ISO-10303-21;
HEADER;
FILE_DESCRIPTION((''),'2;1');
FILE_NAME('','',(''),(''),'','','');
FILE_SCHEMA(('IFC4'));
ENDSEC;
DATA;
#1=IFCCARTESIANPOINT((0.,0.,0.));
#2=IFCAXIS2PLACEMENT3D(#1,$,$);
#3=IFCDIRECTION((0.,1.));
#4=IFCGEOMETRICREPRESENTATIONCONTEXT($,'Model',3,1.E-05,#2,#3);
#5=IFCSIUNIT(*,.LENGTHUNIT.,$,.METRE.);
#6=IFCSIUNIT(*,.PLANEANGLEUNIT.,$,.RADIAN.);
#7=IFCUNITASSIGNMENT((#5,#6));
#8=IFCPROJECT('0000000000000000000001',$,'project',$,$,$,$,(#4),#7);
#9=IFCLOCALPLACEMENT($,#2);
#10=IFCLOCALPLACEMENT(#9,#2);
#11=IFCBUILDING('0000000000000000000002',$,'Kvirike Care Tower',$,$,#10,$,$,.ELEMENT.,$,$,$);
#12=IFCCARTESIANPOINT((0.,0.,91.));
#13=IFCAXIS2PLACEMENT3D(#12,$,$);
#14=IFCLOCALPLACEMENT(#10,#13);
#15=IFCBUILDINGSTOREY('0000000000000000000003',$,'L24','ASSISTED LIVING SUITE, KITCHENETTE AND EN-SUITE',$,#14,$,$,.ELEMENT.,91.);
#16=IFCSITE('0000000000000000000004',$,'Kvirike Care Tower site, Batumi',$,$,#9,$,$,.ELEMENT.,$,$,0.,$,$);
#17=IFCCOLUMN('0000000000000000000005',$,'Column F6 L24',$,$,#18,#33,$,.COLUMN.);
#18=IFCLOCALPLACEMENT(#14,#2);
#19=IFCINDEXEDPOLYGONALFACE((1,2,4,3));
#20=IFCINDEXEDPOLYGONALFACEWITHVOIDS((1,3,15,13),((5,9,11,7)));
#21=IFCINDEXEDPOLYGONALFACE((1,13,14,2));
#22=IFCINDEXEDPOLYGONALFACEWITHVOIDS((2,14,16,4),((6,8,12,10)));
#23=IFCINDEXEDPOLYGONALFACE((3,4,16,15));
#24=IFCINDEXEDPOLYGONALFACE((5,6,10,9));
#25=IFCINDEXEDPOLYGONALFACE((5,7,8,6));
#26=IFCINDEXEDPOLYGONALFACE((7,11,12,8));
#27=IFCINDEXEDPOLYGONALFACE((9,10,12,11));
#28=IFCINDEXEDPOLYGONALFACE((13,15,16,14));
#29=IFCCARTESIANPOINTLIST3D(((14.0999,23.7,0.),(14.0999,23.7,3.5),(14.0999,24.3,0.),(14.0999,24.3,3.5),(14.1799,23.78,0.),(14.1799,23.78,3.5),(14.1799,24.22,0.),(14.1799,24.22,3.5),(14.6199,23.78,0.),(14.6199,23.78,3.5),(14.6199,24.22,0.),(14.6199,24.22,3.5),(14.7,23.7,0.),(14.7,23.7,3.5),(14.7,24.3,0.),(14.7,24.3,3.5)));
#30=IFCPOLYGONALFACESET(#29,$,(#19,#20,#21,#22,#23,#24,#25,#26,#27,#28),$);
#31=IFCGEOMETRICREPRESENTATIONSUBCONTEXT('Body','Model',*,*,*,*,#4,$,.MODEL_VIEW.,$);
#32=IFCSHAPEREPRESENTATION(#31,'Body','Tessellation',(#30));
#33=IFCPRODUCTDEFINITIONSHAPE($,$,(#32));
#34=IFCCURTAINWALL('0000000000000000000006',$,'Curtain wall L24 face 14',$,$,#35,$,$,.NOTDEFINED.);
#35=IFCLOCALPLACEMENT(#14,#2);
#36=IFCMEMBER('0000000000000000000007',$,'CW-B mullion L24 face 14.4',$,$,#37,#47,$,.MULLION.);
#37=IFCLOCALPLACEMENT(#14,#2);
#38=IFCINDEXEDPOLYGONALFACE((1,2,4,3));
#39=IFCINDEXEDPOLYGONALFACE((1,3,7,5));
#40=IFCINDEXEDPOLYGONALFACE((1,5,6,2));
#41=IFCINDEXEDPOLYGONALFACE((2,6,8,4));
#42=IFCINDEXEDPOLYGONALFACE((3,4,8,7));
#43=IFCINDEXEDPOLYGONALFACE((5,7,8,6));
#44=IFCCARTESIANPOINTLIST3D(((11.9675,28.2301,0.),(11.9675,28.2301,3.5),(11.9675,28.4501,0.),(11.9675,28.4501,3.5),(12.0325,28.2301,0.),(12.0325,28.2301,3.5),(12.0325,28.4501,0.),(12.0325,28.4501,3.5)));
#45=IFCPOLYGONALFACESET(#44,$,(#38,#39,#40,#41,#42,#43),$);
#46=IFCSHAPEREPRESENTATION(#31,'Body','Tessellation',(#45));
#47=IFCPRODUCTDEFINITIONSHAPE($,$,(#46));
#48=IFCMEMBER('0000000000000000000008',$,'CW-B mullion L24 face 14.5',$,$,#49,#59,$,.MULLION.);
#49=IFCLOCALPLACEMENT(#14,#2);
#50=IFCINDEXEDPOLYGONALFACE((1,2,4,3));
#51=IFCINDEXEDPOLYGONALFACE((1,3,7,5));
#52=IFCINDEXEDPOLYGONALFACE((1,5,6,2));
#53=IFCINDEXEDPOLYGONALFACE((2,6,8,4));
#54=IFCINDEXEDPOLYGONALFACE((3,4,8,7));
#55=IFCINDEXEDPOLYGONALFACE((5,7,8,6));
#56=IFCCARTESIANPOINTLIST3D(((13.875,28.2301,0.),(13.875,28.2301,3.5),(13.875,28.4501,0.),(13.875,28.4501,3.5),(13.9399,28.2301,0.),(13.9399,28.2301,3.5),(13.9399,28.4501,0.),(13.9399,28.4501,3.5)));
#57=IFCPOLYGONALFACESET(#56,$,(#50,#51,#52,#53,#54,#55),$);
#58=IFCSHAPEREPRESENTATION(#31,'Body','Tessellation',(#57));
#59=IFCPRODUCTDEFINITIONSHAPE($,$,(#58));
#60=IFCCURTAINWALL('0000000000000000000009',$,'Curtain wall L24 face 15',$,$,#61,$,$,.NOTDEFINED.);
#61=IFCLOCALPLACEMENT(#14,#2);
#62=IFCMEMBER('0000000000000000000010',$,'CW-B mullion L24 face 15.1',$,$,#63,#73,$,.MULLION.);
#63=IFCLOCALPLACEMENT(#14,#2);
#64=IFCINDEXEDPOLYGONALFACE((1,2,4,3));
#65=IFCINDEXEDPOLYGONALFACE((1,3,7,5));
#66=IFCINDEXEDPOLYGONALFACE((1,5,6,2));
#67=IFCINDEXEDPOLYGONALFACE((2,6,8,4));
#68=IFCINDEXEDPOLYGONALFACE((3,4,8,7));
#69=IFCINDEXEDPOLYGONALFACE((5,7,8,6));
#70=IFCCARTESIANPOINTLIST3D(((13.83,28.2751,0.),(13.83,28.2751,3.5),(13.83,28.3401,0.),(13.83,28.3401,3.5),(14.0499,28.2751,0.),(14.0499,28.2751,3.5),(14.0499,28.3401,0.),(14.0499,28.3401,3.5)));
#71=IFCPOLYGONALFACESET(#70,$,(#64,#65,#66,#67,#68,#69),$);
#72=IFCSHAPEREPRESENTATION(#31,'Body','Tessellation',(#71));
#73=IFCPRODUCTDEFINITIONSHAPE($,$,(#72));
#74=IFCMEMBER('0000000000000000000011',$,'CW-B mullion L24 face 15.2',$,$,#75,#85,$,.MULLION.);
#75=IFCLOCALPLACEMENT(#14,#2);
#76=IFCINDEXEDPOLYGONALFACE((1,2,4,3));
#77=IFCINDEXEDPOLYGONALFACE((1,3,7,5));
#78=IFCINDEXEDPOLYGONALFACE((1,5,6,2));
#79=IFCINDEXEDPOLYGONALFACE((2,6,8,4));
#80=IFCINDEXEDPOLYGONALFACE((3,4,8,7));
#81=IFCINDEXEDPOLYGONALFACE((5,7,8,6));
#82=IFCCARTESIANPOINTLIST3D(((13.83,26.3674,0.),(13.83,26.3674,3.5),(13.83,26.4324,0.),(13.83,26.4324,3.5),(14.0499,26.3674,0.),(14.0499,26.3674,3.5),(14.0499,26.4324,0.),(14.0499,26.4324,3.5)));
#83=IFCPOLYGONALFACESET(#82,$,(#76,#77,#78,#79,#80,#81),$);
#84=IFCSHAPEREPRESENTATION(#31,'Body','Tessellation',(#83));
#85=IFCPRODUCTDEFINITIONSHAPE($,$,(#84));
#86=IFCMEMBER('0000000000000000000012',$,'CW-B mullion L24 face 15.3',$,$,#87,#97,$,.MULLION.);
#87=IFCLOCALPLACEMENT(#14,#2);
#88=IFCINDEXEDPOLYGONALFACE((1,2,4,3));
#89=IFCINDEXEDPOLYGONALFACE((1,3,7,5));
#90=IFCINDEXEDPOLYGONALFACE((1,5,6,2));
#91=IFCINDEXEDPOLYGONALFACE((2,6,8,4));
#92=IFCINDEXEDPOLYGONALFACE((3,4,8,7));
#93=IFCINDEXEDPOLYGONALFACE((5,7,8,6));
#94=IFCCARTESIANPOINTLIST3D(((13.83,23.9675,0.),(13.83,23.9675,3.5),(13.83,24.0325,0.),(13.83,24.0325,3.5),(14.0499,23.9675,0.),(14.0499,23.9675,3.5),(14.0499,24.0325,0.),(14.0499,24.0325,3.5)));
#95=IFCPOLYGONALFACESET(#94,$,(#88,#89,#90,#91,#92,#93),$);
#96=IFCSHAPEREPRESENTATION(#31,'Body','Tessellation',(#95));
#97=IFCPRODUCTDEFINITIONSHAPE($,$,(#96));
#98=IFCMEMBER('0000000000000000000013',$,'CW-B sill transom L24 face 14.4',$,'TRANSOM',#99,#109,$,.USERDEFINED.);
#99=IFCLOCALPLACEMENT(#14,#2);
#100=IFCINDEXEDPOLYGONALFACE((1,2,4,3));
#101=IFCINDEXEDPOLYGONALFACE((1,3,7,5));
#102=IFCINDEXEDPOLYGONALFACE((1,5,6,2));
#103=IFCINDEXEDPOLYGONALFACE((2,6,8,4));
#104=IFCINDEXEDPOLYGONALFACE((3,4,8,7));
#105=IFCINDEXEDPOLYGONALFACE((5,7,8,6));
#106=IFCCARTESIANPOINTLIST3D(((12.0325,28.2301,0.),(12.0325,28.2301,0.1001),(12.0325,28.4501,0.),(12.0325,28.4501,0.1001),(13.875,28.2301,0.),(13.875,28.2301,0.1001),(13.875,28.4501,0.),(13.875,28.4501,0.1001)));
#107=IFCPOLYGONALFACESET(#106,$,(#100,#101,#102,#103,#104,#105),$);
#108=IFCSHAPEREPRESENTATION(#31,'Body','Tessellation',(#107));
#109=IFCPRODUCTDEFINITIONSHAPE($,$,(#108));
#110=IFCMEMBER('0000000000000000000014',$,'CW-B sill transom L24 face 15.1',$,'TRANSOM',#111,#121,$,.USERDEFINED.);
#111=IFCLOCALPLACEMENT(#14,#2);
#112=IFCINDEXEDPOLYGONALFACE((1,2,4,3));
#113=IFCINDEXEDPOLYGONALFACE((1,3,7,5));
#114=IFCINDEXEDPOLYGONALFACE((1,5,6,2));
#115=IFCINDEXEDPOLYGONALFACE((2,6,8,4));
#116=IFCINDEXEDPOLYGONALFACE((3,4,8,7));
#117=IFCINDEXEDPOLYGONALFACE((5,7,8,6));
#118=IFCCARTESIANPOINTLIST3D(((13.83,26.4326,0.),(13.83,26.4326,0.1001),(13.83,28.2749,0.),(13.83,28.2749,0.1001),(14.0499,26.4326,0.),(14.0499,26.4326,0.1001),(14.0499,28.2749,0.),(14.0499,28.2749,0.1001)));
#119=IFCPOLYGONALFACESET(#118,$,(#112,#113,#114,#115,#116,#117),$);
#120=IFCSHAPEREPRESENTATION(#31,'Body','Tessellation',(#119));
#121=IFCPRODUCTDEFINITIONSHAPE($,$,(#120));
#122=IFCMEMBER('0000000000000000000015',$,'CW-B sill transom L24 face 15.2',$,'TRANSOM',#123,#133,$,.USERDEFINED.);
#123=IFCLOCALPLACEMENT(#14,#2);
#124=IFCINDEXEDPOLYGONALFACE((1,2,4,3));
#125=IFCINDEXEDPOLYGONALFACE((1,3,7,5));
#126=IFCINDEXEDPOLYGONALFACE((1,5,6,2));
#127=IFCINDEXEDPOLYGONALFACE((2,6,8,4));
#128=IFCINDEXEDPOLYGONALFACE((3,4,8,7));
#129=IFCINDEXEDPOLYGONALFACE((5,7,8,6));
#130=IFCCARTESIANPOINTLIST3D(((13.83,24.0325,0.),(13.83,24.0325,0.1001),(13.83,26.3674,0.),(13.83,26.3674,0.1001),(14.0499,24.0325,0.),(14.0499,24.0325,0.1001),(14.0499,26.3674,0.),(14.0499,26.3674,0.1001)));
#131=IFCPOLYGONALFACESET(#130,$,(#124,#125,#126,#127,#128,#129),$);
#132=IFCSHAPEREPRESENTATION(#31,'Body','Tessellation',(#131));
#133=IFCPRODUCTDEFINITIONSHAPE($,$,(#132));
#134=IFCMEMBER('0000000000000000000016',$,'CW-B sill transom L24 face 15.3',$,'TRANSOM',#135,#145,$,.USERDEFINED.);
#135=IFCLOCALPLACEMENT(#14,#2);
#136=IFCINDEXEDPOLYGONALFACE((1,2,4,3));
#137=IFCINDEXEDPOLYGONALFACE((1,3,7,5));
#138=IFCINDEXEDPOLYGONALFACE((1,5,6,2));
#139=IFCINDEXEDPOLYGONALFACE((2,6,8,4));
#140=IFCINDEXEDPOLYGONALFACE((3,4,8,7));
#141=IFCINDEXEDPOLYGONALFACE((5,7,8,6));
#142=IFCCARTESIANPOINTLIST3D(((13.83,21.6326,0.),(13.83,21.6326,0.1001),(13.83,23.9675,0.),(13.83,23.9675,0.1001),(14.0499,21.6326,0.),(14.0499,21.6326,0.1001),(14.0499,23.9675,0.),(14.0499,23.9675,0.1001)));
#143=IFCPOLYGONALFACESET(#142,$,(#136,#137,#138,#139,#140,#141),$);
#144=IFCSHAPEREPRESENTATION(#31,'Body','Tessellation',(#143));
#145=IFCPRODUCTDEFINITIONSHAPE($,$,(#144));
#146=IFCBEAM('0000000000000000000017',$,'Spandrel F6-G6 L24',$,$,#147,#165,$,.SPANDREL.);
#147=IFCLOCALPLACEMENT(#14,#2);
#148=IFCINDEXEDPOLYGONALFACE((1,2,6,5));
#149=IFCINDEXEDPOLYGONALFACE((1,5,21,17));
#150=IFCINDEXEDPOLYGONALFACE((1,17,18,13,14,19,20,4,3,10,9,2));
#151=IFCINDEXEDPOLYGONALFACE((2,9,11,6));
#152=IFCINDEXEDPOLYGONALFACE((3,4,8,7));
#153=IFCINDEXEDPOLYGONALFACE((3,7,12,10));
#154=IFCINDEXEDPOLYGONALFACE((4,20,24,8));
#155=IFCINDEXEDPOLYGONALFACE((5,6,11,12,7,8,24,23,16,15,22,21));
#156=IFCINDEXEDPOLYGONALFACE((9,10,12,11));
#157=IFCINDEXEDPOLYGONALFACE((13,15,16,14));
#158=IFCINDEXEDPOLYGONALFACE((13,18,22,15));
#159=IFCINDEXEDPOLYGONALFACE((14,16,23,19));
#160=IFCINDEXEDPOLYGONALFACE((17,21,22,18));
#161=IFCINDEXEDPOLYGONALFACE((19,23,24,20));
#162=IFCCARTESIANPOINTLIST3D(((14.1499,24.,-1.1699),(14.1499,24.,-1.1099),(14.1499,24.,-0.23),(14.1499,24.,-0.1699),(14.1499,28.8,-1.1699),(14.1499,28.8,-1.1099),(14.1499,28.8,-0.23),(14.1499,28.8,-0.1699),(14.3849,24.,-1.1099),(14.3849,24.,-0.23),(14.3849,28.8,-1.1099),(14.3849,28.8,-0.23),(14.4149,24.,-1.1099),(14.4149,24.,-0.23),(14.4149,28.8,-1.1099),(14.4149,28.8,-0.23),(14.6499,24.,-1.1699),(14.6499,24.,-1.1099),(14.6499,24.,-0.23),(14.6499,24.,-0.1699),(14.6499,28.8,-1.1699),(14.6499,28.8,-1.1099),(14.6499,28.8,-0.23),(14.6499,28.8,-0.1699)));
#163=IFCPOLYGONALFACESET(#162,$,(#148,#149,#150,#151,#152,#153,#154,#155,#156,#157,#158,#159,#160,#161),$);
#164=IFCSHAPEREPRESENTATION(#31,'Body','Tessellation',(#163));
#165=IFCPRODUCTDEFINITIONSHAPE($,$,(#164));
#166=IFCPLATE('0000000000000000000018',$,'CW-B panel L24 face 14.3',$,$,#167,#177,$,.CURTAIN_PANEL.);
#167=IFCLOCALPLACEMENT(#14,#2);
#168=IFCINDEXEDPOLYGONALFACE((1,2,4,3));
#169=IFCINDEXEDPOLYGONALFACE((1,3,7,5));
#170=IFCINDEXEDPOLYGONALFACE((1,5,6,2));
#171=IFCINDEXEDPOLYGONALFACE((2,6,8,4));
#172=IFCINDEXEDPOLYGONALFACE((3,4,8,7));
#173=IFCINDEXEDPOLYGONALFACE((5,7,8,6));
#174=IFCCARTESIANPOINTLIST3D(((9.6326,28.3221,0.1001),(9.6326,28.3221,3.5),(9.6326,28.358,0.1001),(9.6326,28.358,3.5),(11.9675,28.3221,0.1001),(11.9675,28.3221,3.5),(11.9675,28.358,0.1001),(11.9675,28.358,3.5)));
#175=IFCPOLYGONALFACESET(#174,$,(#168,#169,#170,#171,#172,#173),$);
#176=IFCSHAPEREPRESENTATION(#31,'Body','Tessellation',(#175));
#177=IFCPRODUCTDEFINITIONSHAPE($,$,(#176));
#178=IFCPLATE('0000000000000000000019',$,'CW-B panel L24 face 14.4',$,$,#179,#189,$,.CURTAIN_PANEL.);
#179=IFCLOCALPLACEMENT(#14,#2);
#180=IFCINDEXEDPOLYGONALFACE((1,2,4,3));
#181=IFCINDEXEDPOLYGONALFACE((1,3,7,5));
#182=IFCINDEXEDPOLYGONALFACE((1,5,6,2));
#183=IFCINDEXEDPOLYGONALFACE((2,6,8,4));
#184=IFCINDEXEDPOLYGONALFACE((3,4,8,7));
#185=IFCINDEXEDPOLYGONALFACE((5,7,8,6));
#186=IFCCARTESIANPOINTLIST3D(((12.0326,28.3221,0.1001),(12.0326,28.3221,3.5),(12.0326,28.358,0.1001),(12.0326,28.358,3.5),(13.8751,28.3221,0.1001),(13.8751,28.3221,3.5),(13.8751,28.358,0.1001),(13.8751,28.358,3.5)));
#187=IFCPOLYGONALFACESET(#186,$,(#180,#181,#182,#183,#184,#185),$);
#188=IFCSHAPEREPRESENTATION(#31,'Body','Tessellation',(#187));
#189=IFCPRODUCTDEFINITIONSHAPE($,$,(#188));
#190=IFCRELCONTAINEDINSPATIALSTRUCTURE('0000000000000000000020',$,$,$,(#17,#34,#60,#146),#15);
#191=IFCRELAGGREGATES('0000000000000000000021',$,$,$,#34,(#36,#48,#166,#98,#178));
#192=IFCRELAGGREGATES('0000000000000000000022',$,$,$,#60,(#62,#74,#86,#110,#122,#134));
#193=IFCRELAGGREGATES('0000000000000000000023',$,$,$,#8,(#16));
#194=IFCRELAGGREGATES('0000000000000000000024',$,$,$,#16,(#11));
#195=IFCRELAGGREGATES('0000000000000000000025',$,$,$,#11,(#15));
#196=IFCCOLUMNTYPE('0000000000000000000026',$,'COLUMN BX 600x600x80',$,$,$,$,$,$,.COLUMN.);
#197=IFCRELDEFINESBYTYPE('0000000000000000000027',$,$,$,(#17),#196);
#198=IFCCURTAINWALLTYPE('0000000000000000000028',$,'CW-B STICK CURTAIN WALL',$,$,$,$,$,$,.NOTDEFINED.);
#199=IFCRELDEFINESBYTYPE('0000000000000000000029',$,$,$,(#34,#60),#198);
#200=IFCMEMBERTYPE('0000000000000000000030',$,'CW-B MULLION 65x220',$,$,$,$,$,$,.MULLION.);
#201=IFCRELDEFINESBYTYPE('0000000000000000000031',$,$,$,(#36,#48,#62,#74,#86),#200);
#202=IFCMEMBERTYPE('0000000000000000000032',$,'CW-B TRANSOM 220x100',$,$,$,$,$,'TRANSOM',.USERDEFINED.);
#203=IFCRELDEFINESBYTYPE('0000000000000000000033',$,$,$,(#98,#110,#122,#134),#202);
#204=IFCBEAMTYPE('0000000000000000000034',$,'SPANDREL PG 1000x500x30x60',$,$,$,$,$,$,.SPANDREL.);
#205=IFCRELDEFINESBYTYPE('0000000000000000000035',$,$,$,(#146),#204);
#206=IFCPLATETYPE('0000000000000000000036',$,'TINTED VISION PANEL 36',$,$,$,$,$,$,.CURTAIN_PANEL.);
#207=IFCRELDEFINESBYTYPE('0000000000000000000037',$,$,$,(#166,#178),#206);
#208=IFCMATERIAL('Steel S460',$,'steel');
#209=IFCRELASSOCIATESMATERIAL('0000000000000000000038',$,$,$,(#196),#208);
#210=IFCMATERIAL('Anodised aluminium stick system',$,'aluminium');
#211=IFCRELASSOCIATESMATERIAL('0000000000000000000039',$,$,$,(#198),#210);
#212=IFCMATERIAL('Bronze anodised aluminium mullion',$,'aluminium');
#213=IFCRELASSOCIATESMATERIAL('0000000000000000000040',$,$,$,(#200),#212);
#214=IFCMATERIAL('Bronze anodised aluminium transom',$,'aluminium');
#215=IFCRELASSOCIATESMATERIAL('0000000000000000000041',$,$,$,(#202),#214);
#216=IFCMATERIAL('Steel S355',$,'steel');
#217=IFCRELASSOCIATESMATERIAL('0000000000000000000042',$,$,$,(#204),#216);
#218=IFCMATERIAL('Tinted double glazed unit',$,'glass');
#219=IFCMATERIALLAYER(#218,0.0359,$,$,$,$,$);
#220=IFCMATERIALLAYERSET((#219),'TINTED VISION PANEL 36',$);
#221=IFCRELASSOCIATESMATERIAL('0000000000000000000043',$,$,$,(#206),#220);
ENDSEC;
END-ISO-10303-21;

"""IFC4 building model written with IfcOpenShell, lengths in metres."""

from ifc_helpers import new_model, si_unit, direction, frame, origin, origin_2d, place, context, subcontext, project, spatial, rectangle, hollow_rectangle, i_section, extrude, material, layer, layer_set, material_profile, profile_set, type_object, element, aggregate, save


model = new_model("IFC4")

# Units and contexts
model_context = context("Model", 3, precision=1e-05, world=origin(), true_north=direction((0.0, 1.0)))
body_context = subcontext(model_context, "Body", "Model", "MODEL_VIEW")
ifc_project = project(units=[si_unit("LENGTHUNIT", "METRE"), si_unit("PLANEANGLEUNIT", "RADIAN")], contexts=[model_context])

# Site, building, storey
site_placement = place(None, origin())
site = spatial("IfcSite", under=ifc_project, at=site_placement, Name="Kvirike Care Tower site, Batumi", CompositionType="ELEMENT", RefElevation=0.0)
building_placement = place(site_placement, origin())
building = spatial("IfcBuilding", under=site, at=building_placement, Name="Kvirike Care Tower", CompositionType="ELEMENT")
storey_placement = place(building_placement, frame((0.0, 0.0, 91.0)))
storey = spatial("IfcBuildingStorey", under=building, at=storey_placement, Name="L24", Description="ASSISTED LIVING SUITE, KITCHENETTE AND EN-SUITE", CompositionType="ELEMENT", Elevation=91.0)

# Column
ifc_material_1 = material(Name="Steel S460", Category="steel")
ifc_material_profile_1 = material_profile(ifc_material_1, hollow_rectangle(XDim=0.6001, YDim=0.6001, WallThickness=0.0801, at=origin_2d()), Name="BX 600x600x80")
ifc_profile_set_1 = profile_set([ifc_material_profile_1], Name="Steel S460")
column_type = type_object("IfcColumnType", Name="COLUMN BX 600x600x80", PredefinedType="COLUMN", material=ifc_profile_set_1)
column_placement = place(storey_placement, frame((14.3999, 24.0, 0.0), z_axis=(0.0, 0.0, 1.0), x_axis=(1.0, 0.0, 0.0)))
element("IfcColumn", 1, at=column_placement, inside=storey, type_object=column_type, Name="Column F6 L24", PredefinedType="COLUMN", context=body_context, shape_type="SweptSolid", body=[
    extrude(hollow_rectangle(XDim=0.6001, YDim=0.6001, WallThickness=0.0801, at=origin_2d()), origin(), (0.0, 0.0, 1.0), 3.5),
])

# Curtain walls, members
ifc_material_2 = material(Name="Anodised aluminium stick system", Category="aluminium")
curtain_wall_type = type_object("IfcCurtainWallType", Name="CW-B STICK CURTAIN WALL", PredefinedType="NOTDEFINED", material=ifc_material_2)
curtain_wall_1_placement = place(storey_placement, origin())
curtain_wall_1 = element("IfcCurtainWall", 2, at=curtain_wall_1_placement, inside=storey, type_object=curtain_wall_type, Name="Curtain wall L24 face 14", PredefinedType="NOTDEFINED")
ifc_material_3 = material(Name="Bronze anodised aluminium mullion", Category="aluminium")
ifc_material_profile_2 = material_profile(ifc_material_3, rectangle(XDim=0.0649, YDim=0.22, at=origin_2d()), Name="CW-B MULLION 65x220")
ifc_profile_set_2 = profile_set([ifc_material_profile_2], Name="Bronze anodised aluminium mullion")
member_type_1 = type_object("IfcMemberType", Name="CW-B MULLION 65x220", PredefinedType="MULLION", material=ifc_profile_set_2)
member_1_placement = place(storey_placement, frame((12.0, 28.3401, 0.0), z_axis=(0.0, 0.0, 1.0), x_axis=(1.0, 0.0, 0.0)))
member_1 = element("IfcMember", 3, at=member_1_placement, type_object=member_type_1, Name="CW-B mullion L24 face 14.4", PredefinedType="MULLION", context=body_context, shape_type="SweptSolid", body=[
    extrude(rectangle(XDim=0.0649, YDim=0.22, at=origin_2d()), origin(), (0.0, 0.0, 1.0), 3.5),
])
member_2_placement = place(storey_placement, frame((13.9075, 28.3401, 0.0), z_axis=(0.0, 0.0, 1.0), x_axis=(1.0, 0.0, 0.0)))
member_2 = element("IfcMember", 4, at=member_2_placement, type_object=member_type_1, Name="CW-B mullion L24 face 14.5", PredefinedType="MULLION", context=body_context, shape_type="SweptSolid", body=[
    extrude(rectangle(XDim=0.0649, YDim=0.22, at=origin_2d()), origin(), (0.0, 0.0, 1.0), 3.5),
])
curtain_wall_2_placement = place(storey_placement, origin())
curtain_wall_2 = element("IfcCurtainWall", 5, at=curtain_wall_2_placement, inside=storey, type_object=curtain_wall_type, Name="Curtain wall L24 face 15", PredefinedType="NOTDEFINED")
member_3_placement = place(storey_placement, frame((13.9399, 28.3076, 0.0), z_axis=(0.0, 0.0, 1.0), x_axis=(0.0, -1.0, 0.0)))
member_3 = element("IfcMember", 6, at=member_3_placement, type_object=member_type_1, Name="CW-B mullion L24 face 15.1", PredefinedType="MULLION", context=body_context, shape_type="SweptSolid", body=[
    extrude(rectangle(XDim=0.0649, YDim=0.22, at=origin_2d()), origin(), (0.0, 0.0, 1.0), 3.5),
])
member_4_placement = place(storey_placement, frame((13.9399, 26.3999, 0.0), z_axis=(0.0, 0.0, 1.0), x_axis=(0.0, -1.0, 0.0)))
member_4 = element("IfcMember", 7, at=member_4_placement, type_object=member_type_1, Name="CW-B mullion L24 face 15.2", PredefinedType="MULLION", context=body_context, shape_type="SweptSolid", body=[
    extrude(rectangle(XDim=0.0649, YDim=0.22, at=origin_2d()), origin(), (0.0, 0.0, 1.0), 3.5),
])
member_5_placement = place(storey_placement, frame((13.9399, 24.0, 0.0), z_axis=(0.0, 0.0, 1.0), x_axis=(0.0, -1.0, 0.0)))
member_5 = element("IfcMember", 8, at=member_5_placement, type_object=member_type_1, Name="CW-B mullion L24 face 15.3", PredefinedType="MULLION", context=body_context, shape_type="SweptSolid", body=[
    extrude(rectangle(XDim=0.0649, YDim=0.22, at=origin_2d()), origin(), (0.0, 0.0, 1.0), 3.5),
])

# Members
ifc_material_4 = material(Name="Bronze anodised aluminium transom", Category="aluminium")
ifc_material_profile_3 = material_profile(ifc_material_4, rectangle(XDim=0.22, YDim=0.1001, at=origin_2d()), Name="CW-B TRANSOM 220x100")
ifc_profile_set_3 = profile_set([ifc_material_profile_3], Name="Bronze anodised aluminium transom")
member_type_2 = type_object("IfcMemberType", Name="CW-B TRANSOM 220x100", ElementType="TRANSOM", PredefinedType="USERDEFINED", material=ifc_profile_set_3)
member_6_placement = place(storey_placement, frame((12.0325, 28.3401, 0.05), z_axis=(1.0, 0.0, 0.0), x_axis=(0.0, 1.0, 0.0)))
member_6 = element("IfcMember", 9, at=member_6_placement, type_object=member_type_2, Name="CW-B sill transom L24 face 14.4", ObjectType="TRANSOM", PredefinedType="USERDEFINED", context=body_context, shape_type="SweptSolid", body=[
    extrude(rectangle(XDim=0.22, YDim=0.1001, at=origin_2d()), origin(), (0.0, 0.0, 1.0), 1.8425),
])
member_7_placement = place(storey_placement, frame((13.9399, 28.2749, 0.05), z_axis=(0.0, -1.0, 0.0), x_axis=(1.0, 0.0, 0.0)))
member_7 = element("IfcMember", 10, at=member_7_placement, type_object=member_type_2, Name="CW-B sill transom L24 face 15.1", ObjectType="TRANSOM", PredefinedType="USERDEFINED", context=body_context, shape_type="SweptSolid", body=[
    extrude(rectangle(XDim=0.22, YDim=0.1001, at=origin_2d()), origin(), (0.0, 0.0, 1.0), 1.8423),
])
member_8_placement = place(storey_placement, frame((13.9399, 26.3674, 0.05), z_axis=(0.0, -1.0, 0.0), x_axis=(1.0, 0.0, 0.0)))
member_8 = element("IfcMember", 11, at=member_8_placement, type_object=member_type_2, Name="CW-B sill transom L24 face 15.2", ObjectType="TRANSOM", PredefinedType="USERDEFINED", context=body_context, shape_type="SweptSolid", body=[
    extrude(rectangle(XDim=0.22, YDim=0.1001, at=origin_2d()), origin(), (0.0, 0.0, 1.0), 2.335),
])
member_9_placement = place(storey_placement, frame((13.9399, 23.9675, 0.05), z_axis=(0.0, -1.0, 0.0), x_axis=(1.0, 0.0, 0.0)))
member_9 = element("IfcMember", 12, at=member_9_placement, type_object=member_type_2, Name="CW-B sill transom L24 face 15.3", ObjectType="TRANSOM", PredefinedType="USERDEFINED", context=body_context, shape_type="SweptSolid", body=[
    extrude(rectangle(XDim=0.22, YDim=0.1001, at=origin_2d()), origin(), (0.0, 0.0, 1.0), 2.335),
])

# Beam
ifc_material_5 = material(Name="Steel S355", Category="steel")
ifc_material_profile_4 = material_profile(ifc_material_5, i_section(OverallWidth=0.5, OverallDepth=1.0, WebThickness=0.03, FlangeThickness=0.0601, at=origin_2d()), Name="PG 1000x500x30x60")
ifc_profile_set_4 = profile_set([ifc_material_profile_4], Name="Steel S355")
beam_type = type_object("IfcBeamType", Name="SPANDREL PG 1000x500x30x60", PredefinedType="SPANDREL", material=ifc_profile_set_4)
beam_placement = place(storey_placement, frame((14.3999, 24.0, -0.6699), z_axis=(0.0, 1.0, 0.0), x_axis=(-1.0, 0.0, 0.0)))
element("IfcBeam", 13, at=beam_placement, inside=storey, type_object=beam_type, Name="Spandrel F6-G6 L24", PredefinedType="SPANDREL", context=body_context, shape_type="SweptSolid", body=[
    extrude(i_section(OverallWidth=0.5, OverallDepth=1.0, WebThickness=0.03, FlangeThickness=0.0601, at=origin_2d()), origin(), (0.0, 0.0, 1.0), 4.8),
])

# Plates
ifc_material_6 = material(Name="Tinted double glazed unit", Category="glass")
ifc_layer_1 = layer(ifc_material_6, 0.0359)
ifc_layer_set_1 = layer_set([ifc_layer_1], Name="TINTED VISION PANEL 36")
plate_type = type_object("IfcPlateType", Name="TINTED VISION PANEL 36", PredefinedType="CURTAIN_PANEL", material=ifc_layer_set_1)
plate_1_placement = place(storey_placement, frame((10.8, 28.3401, 0.1001), z_axis=(0.0, 0.0, 1.0), x_axis=(1.0, 0.0, 0.0)))
plate_1 = element("IfcPlate", 14, at=plate_1_placement, type_object=plate_type, Name="CW-B panel L24 face 14.3", PredefinedType="CURTAIN_PANEL", context=body_context, shape_type="SweptSolid", body=[
    extrude(rectangle(XDim=2.335, YDim=0.0359, at=origin_2d()), origin(), (0.0, 0.0, 1.0), 3.3999),
])
plate_2_placement = place(storey_placement, frame((12.9539, 28.3401, 0.1001), z_axis=(0.0, 0.0, 1.0), x_axis=(1.0, 0.0, 0.0)))
plate_2 = element("IfcPlate", 15, at=plate_2_placement, type_object=plate_type, Name="CW-B panel L24 face 14.4", PredefinedType="CURTAIN_PANEL", context=body_context, shape_type="SweptSolid", body=[
    extrude(rectangle(XDim=1.8425, YDim=0.0359, at=origin_2d()), origin(), (0.0, 0.0, 1.0), 3.3999),
])
aggregate(curtain_wall_1, [member_1, member_2, plate_1, member_6, plate_2])
aggregate(curtain_wall_2, [member_3, member_4, member_5, member_7, member_8, member_9])

save(model, "model.ifc")
